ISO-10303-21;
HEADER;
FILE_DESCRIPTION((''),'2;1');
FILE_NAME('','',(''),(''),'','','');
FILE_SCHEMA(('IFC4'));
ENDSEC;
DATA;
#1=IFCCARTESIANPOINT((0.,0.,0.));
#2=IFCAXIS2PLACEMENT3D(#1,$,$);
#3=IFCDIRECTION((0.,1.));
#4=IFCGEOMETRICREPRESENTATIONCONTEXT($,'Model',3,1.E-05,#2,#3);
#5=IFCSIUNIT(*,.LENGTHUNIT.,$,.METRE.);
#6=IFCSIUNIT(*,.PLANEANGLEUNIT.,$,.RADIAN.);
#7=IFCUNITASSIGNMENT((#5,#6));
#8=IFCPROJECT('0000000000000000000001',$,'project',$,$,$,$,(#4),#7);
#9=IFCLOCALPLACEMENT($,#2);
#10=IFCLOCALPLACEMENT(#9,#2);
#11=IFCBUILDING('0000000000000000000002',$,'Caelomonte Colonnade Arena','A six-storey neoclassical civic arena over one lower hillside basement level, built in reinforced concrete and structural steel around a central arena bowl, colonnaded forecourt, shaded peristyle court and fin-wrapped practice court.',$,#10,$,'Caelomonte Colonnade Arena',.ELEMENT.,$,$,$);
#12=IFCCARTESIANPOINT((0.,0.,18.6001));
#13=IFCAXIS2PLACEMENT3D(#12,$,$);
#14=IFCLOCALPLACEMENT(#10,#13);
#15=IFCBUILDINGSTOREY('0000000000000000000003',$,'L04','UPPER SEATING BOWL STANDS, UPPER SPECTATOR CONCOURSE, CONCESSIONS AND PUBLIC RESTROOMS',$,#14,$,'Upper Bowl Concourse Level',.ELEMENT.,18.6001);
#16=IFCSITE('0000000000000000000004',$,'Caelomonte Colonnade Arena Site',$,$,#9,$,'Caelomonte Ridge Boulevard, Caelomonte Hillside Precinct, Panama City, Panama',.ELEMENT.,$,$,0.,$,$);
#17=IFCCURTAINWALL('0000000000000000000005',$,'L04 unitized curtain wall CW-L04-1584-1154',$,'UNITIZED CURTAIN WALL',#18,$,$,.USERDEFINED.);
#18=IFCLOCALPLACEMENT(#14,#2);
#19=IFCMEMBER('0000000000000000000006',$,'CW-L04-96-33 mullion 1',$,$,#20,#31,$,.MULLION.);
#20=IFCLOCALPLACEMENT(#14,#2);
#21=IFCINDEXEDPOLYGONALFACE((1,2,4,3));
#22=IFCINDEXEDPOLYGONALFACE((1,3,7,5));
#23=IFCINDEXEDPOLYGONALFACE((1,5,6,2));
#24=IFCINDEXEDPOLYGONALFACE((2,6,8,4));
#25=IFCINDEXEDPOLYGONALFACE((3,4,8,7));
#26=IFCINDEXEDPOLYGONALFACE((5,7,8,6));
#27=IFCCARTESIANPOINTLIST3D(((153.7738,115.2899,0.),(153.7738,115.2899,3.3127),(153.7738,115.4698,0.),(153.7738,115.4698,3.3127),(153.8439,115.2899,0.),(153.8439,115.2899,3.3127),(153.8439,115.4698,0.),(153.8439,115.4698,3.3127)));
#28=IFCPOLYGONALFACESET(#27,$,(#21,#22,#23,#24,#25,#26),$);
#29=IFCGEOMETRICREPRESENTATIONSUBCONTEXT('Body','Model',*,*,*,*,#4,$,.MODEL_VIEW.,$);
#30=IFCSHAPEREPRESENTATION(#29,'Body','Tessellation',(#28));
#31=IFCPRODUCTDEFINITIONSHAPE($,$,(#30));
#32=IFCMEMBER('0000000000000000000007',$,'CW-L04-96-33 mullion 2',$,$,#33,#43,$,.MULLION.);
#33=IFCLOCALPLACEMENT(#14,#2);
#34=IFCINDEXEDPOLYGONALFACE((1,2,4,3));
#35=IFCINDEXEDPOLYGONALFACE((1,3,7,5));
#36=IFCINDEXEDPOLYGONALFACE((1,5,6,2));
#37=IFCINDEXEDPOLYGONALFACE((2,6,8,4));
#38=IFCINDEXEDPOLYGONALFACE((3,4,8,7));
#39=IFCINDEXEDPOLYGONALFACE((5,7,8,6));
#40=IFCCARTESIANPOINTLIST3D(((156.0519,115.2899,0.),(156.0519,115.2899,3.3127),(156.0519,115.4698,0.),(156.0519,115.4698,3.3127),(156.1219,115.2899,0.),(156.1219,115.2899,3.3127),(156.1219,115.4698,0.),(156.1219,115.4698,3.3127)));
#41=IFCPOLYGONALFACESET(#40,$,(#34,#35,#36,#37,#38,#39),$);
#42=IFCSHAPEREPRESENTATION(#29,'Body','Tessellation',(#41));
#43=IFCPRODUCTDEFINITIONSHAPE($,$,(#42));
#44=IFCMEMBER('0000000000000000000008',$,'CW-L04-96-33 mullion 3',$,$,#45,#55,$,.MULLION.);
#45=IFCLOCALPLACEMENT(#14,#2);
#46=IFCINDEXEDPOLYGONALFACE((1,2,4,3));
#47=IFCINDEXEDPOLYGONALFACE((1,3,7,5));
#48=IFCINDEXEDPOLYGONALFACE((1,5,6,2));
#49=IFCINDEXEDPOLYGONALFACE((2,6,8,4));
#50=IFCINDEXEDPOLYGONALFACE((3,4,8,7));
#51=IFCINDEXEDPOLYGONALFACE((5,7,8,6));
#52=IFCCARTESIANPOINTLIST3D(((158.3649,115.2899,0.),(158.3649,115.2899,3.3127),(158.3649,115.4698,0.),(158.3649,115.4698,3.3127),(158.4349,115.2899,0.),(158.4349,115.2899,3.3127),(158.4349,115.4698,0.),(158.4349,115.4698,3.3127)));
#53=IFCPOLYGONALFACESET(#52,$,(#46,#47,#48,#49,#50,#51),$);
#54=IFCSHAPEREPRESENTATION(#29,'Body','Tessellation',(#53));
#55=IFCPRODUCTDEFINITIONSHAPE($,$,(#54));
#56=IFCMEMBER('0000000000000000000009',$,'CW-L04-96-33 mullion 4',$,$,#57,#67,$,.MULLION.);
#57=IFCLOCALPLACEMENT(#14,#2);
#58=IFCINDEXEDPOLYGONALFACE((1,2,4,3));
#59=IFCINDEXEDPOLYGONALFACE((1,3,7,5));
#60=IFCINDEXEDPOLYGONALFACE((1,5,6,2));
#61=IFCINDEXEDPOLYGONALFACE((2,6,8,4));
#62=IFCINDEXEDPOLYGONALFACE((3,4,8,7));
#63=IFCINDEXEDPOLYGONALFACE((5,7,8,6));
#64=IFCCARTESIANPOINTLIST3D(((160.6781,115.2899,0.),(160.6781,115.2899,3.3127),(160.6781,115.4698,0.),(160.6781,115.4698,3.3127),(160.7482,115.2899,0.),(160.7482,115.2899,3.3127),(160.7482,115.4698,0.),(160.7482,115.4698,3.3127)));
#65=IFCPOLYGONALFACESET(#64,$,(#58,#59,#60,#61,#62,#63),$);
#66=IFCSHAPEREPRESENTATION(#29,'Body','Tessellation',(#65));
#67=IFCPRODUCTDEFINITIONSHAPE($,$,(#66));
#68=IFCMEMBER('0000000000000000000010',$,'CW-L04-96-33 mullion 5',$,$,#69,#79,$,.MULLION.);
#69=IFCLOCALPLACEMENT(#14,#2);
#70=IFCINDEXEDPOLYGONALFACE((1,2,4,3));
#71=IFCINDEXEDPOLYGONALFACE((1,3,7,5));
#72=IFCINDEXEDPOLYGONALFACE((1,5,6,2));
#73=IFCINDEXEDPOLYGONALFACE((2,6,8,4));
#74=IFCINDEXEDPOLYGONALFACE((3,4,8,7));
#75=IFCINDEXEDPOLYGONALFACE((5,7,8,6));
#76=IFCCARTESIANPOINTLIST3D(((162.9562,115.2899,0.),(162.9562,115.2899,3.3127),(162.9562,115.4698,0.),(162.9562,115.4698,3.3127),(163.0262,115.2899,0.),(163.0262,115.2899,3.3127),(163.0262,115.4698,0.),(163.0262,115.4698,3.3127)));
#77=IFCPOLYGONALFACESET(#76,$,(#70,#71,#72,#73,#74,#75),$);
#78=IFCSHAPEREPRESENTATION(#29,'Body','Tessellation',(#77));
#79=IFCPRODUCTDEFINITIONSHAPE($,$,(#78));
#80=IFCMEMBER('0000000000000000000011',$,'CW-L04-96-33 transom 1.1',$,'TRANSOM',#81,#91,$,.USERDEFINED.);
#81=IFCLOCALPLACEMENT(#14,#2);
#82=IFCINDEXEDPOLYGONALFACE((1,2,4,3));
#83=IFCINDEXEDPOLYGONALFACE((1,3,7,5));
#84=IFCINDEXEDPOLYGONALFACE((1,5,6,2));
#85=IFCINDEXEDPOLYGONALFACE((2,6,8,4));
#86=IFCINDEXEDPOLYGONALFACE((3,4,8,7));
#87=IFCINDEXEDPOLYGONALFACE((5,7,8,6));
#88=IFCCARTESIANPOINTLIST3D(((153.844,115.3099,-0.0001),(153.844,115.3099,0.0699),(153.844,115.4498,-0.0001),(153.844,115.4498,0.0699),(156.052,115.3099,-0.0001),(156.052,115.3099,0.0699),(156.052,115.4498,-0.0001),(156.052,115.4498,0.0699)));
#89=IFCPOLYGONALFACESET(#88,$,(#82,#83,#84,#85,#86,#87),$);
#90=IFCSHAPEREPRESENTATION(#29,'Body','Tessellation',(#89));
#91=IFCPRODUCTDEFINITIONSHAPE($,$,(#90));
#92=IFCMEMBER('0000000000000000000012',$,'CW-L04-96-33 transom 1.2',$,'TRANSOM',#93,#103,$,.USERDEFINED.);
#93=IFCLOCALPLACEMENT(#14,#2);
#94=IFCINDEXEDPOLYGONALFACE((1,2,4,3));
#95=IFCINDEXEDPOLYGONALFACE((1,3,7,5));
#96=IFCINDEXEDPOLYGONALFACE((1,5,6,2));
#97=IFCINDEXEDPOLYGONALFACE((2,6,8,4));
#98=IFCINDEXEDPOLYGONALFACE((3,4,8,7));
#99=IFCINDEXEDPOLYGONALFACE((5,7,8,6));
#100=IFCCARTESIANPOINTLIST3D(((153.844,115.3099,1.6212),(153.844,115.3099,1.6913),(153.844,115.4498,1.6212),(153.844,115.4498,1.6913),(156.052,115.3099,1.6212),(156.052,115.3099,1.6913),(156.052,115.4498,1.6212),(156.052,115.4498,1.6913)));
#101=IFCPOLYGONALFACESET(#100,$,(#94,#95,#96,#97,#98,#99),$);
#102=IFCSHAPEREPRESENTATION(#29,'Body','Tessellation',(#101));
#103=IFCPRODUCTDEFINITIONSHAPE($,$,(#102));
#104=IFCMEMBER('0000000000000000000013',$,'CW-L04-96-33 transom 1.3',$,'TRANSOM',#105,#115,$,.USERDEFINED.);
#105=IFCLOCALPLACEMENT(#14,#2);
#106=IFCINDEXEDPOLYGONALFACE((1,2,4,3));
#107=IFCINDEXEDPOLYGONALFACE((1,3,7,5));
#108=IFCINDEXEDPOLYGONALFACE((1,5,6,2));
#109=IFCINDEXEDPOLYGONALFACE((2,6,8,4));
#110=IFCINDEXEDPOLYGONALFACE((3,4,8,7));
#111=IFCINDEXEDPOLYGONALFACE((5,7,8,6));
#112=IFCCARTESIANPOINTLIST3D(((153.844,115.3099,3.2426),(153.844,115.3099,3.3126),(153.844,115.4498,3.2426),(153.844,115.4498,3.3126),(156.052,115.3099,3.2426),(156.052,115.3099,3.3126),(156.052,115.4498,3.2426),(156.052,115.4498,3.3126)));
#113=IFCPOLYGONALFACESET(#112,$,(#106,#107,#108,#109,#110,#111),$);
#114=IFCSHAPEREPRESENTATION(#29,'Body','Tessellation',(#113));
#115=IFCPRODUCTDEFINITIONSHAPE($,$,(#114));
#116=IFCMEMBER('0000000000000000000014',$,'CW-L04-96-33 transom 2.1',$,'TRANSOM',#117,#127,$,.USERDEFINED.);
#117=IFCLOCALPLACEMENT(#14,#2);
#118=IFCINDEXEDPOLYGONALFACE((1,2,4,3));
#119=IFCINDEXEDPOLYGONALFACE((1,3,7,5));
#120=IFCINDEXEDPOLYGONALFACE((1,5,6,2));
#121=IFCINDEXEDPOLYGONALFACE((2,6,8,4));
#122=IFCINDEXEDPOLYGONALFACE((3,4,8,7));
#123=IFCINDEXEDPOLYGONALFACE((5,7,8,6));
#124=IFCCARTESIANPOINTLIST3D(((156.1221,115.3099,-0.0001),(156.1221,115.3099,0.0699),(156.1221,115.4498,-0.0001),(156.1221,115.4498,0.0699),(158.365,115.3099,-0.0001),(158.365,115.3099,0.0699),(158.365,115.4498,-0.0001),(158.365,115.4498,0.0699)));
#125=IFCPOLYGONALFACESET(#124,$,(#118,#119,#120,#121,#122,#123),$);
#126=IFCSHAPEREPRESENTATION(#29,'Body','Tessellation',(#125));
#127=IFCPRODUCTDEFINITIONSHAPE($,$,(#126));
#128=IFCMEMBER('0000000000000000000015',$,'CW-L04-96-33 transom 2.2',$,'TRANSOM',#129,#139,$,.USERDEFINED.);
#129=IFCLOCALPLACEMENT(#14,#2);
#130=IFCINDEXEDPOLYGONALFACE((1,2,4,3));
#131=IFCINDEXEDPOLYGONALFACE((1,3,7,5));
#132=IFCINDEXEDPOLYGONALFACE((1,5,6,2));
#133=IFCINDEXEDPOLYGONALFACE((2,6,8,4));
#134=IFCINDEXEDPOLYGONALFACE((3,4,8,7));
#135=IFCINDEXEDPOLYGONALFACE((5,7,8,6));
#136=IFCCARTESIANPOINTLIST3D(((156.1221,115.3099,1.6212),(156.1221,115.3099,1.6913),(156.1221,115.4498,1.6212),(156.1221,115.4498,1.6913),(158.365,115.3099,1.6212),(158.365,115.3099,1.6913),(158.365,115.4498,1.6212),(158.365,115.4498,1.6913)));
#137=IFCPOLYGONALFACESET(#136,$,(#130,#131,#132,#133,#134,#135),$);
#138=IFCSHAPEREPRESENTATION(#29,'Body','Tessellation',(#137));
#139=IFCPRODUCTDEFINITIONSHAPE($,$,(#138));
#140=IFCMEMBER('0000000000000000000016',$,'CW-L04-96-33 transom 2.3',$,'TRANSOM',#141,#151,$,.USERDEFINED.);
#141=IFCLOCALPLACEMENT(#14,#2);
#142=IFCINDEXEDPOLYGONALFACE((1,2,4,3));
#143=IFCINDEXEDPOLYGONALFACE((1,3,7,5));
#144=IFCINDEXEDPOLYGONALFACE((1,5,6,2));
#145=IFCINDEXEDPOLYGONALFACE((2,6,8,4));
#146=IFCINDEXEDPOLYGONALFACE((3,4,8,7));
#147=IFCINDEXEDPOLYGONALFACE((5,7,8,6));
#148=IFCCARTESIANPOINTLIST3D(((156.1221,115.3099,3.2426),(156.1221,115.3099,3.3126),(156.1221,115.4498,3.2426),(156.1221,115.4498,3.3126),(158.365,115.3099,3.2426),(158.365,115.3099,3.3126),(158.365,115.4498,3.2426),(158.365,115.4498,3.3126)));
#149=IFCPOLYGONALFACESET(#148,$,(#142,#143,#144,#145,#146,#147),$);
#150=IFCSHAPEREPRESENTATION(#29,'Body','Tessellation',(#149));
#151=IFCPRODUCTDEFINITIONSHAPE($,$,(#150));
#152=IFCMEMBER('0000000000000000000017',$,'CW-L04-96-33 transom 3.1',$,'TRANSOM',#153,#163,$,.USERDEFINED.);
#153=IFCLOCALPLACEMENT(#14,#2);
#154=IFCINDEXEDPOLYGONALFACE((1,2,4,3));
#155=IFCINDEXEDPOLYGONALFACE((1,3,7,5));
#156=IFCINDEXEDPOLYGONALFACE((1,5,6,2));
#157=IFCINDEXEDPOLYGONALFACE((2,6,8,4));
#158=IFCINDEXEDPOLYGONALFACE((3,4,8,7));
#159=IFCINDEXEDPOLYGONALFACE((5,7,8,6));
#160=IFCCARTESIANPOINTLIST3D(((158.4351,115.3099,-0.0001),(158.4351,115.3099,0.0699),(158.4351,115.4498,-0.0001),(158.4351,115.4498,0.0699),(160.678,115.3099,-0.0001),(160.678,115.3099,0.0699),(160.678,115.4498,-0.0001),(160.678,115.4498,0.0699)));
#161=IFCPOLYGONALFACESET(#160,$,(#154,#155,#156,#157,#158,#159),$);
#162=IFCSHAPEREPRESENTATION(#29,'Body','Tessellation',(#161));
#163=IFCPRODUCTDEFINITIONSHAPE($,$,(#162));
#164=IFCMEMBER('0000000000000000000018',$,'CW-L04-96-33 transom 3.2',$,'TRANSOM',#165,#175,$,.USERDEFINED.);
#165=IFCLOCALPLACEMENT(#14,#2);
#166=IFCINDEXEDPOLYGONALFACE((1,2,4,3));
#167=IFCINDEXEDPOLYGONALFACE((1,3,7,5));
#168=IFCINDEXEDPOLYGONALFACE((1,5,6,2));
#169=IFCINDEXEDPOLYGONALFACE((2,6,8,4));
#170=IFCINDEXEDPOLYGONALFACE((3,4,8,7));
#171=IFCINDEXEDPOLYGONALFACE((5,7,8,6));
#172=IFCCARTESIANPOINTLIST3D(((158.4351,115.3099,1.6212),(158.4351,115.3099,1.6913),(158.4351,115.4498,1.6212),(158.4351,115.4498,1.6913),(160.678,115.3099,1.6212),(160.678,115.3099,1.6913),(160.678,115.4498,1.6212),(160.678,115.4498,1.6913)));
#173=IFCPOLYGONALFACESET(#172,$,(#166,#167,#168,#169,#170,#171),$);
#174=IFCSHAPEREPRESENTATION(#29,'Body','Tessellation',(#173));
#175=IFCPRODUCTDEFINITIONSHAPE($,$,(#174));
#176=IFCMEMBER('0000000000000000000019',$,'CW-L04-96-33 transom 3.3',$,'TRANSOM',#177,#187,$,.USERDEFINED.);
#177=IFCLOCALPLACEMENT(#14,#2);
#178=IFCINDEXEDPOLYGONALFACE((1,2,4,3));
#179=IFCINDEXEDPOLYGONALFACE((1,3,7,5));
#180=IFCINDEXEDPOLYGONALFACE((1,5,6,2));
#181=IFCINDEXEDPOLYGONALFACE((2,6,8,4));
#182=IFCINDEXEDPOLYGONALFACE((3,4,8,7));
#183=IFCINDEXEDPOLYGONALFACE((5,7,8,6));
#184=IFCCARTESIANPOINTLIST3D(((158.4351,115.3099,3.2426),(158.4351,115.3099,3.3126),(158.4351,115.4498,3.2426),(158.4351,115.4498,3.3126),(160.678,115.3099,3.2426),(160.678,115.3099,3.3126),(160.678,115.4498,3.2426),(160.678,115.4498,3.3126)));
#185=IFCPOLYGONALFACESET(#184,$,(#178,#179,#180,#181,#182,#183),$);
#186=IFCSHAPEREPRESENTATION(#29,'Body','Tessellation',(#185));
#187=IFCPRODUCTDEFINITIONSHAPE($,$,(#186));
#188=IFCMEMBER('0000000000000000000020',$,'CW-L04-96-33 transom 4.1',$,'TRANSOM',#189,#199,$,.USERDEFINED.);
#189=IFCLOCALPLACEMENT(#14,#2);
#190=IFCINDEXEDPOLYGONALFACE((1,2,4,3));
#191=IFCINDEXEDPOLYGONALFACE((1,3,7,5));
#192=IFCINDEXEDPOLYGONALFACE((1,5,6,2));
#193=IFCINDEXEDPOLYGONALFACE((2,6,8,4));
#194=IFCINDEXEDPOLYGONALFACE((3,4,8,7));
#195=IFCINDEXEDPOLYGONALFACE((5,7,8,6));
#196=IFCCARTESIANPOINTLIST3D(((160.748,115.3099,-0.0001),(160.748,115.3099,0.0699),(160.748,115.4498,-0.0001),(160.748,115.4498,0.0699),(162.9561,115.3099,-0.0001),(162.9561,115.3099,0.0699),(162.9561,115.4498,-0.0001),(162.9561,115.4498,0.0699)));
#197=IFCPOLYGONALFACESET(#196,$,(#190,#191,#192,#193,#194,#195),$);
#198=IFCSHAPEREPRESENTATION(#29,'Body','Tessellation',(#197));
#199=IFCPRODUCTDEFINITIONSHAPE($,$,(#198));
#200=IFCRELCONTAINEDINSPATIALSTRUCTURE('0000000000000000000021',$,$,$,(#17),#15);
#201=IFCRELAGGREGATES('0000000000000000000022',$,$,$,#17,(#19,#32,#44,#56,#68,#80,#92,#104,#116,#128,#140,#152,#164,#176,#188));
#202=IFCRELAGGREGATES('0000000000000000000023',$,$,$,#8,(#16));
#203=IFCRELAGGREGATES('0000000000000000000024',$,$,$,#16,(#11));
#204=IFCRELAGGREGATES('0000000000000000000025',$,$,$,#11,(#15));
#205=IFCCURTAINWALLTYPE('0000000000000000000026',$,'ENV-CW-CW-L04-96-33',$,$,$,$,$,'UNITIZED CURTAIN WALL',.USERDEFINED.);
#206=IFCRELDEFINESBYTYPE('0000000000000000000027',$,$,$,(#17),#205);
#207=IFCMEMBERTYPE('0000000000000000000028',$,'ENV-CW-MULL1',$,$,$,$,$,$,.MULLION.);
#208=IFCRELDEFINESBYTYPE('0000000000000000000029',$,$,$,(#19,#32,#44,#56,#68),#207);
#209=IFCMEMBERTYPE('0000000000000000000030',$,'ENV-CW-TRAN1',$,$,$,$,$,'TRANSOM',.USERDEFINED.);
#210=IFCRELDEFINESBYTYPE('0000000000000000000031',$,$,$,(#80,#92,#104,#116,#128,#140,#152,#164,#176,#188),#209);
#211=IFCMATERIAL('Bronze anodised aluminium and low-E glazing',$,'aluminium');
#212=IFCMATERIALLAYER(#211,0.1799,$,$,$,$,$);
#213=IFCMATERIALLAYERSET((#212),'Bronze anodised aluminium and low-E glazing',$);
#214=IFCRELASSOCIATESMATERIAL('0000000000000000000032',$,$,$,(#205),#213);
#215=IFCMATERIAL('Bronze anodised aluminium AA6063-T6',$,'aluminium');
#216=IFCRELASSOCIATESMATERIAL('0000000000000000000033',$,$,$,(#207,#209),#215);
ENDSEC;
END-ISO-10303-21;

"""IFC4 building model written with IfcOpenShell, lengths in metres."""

from ifc_helpers import new_model, si_unit, direction, frame, origin, origin_2d, place, context, subcontext, project, spatial, rectangle, extrude, material, layer, layer_set, material_profile, profile_set, type_object, element, aggregate, save


model = new_model("IFC4")

# Units and contexts
model_context = context("Model", 3, precision=1e-05, world=origin(), true_north=direction((0.0, 1.0)))
body_context = subcontext(model_context, "Body", "Model", "MODEL_VIEW")
ifc_project = project(units=[si_unit("LENGTHUNIT", "METRE"), si_unit("PLANEANGLEUNIT", "RADIAN")], contexts=[model_context])

# Site, building, storey
site_placement = place(None, origin())
site = spatial("IfcSite", under=ifc_project, at=site_placement, Name="Caelomonte Colonnade Arena Site", LongName="Caelomonte Ridge Boulevard, Caelomonte Hillside Precinct, Panama City, Panama", CompositionType="ELEMENT", RefElevation=0.0)
building_placement = place(site_placement, origin())
building = spatial("IfcBuilding", under=site, at=building_placement, Name="Caelomonte Colonnade Arena", Description="A six-storey neoclassical civic arena over one lower hillside basement level, built in reinforced concrete and structural steel around a central arena bowl, colonnaded forecourt, shaded peristyle court and fin-wrapped practice court.", LongName="Caelomonte Colonnade Arena", CompositionType="ELEMENT")
storey_placement = place(building_placement, frame((0.0, 0.0, 18.6001)))
storey = spatial("IfcBuildingStorey", under=building, at=storey_placement, Name="L04", Description="UPPER SEATING BOWL STANDS, UPPER SPECTATOR CONCOURSE, CONCESSIONS AND PUBLIC RESTROOMS", LongName="Upper Bowl Concourse Level", CompositionType="ELEMENT", Elevation=18.6001)

# Curtain wall, members
ifc_material_1 = material(Name="Bronze anodised aluminium and low-E glazing", Category="aluminium")
ifc_layer_1 = layer(ifc_material_1, 0.1799)
ifc_layer_set_1 = layer_set([ifc_layer_1], Name="Bronze anodised aluminium and low-E glazing")
curtain_wall_type = type_object("IfcCurtainWallType", Name="ENV-CW-CW-L04-96-33", ElementType="UNITIZED CURTAIN WALL", PredefinedType="USERDEFINED", material=ifc_layer_set_1)
curtain_wall_placement = place(storey_placement, origin())
curtain_wall = element("IfcCurtainWall", 1, at=curtain_wall_placement, inside=storey, type_object=curtain_wall_type, Name="L04 unitized curtain wall CW-L04-1584-1154", ObjectType="UNITIZED CURTAIN WALL", PredefinedType="USERDEFINED")
ifc_material_2 = material(Name="Bronze anodised aluminium AA6063-T6", Category="aluminium")
ifc_material_profile_1 = material_profile(ifc_material_2, rectangle(XDim=0.0701, YDim=0.1799, at=origin_2d()), Name="CWM-70X180")
ifc_profile_set_1 = profile_set([ifc_material_profile_1], Name="Bronze anodised aluminium AA6063-T6")
member_type_1 = type_object("IfcMemberType", Name="ENV-CW-MULL1", PredefinedType="MULLION", material=ifc_profile_set_1)
member_1_placement = place(storey_placement, frame((153.8088, 115.3799, 0.0), z_axis=(0.0, 0.0, 1.0), x_axis=(1.0, 0.0, 0.0)))
member_1 = element("IfcMember", 2, at=member_1_placement, type_object=member_type_1, Name="CW-L04-96-33 mullion 1", PredefinedType="MULLION", context=body_context, shape_type="SweptSolid", body=[
    extrude(rectangle(XDim=0.0701, YDim=0.1799, at=origin_2d()), origin(), (0.0, 0.0, 1.0), 3.3127),
])
member_2_placement = place(storey_placement, frame((156.0869, 115.3799, 0.0), z_axis=(0.0, 0.0, 1.0), x_axis=(1.0, 0.0, 0.0)))
member_2 = element("IfcMember", 3, at=member_2_placement, type_object=member_type_1, Name="CW-L04-96-33 mullion 2", PredefinedType="MULLION", context=body_context, shape_type="SweptSolid", body=[
    extrude(rectangle(XDim=0.0701, YDim=0.1799, at=origin_2d()), origin(), (0.0, 0.0, 1.0), 3.3127),
])
member_3_placement = place(storey_placement, frame((158.3999, 115.3799, 0.0), z_axis=(0.0, 0.0, 1.0), x_axis=(1.0, 0.0, 0.0)))
member_3 = element("IfcMember", 4, at=member_3_placement, type_object=member_type_1, Name="CW-L04-96-33 mullion 3", PredefinedType="MULLION", context=body_context, shape_type="SweptSolid", body=[
    extrude(rectangle(XDim=0.0701, YDim=0.1799, at=origin_2d()), origin(), (0.0, 0.0, 1.0), 3.3127),
])
member_4_placement = place(storey_placement, frame((160.7131, 115.3799, 0.0), z_axis=(0.0, 0.0, 1.0), x_axis=(1.0, 0.0, 0.0)))
member_4 = element("IfcMember", 5, at=member_4_placement, type_object=member_type_1, Name="CW-L04-96-33 mullion 4", PredefinedType="MULLION", context=body_context, shape_type="SweptSolid", body=[
    extrude(rectangle(XDim=0.0701, YDim=0.1799, at=origin_2d()), origin(), (0.0, 0.0, 1.0), 3.3127),
])
member_5_placement = place(storey_placement, frame((162.9912, 115.3799, 0.0), z_axis=(0.0, 0.0, 1.0), x_axis=(1.0, 0.0, 0.0)))
member_5 = element("IfcMember", 6, at=member_5_placement, type_object=member_type_1, Name="CW-L04-96-33 mullion 5", PredefinedType="MULLION", context=body_context, shape_type="SweptSolid", body=[
    extrude(rectangle(XDim=0.0701, YDim=0.1799, at=origin_2d()), origin(), (0.0, 0.0, 1.0), 3.3127),
])
ifc_material_profile_2 = material_profile(ifc_material_2, rectangle(XDim=0.0701, YDim=0.1399, at=origin_2d()), Name="CWT-70X140")
ifc_profile_set_2 = profile_set([ifc_material_profile_2], Name="Bronze anodised aluminium AA6063-T6")
member_type_2 = type_object("IfcMemberType", Name="ENV-CW-TRAN1", ElementType="TRANSOM", PredefinedType="USERDEFINED", material=ifc_profile_set_2)
member_6_placement = place(storey_placement, frame((153.844, 115.3799, 0.0349), z_axis=(1.0, 0.0, 0.0), x_axis=(0.0, 0.0, 1.0)))
member_6 = element("IfcMember", 7, at=member_6_placement, type_object=member_type_2, Name="CW-L04-96-33 transom 1.1", ObjectType="TRANSOM", PredefinedType="USERDEFINED", context=body_context, shape_type="SweptSolid", body=[
    extrude(rectangle(XDim=0.0701, YDim=0.1399, at=origin_2d()), origin(), (0.0, 0.0, 1.0), 2.208),
])
member_7_placement = place(storey_placement, frame((153.844, 115.3799, 1.6562), z_axis=(1.0, 0.0, 0.0), x_axis=(0.0, 0.0, 1.0)))
member_7 = element("IfcMember", 8, at=member_7_placement, type_object=member_type_2, Name="CW-L04-96-33 transom 1.2", ObjectType="TRANSOM", PredefinedType="USERDEFINED", context=body_context, shape_type="SweptSolid", body=[
    extrude(rectangle(XDim=0.0701, YDim=0.1399, at=origin_2d()), origin(), (0.0, 0.0, 1.0), 2.208),
])
member_8_placement = place(storey_placement, frame((153.844, 115.3799, 3.2776), z_axis=(1.0, 0.0, 0.0), x_axis=(0.0, 0.0, 1.0)))
member_8 = element("IfcMember", 9, at=member_8_placement, type_object=member_type_2, Name="CW-L04-96-33 transom 1.3", ObjectType="TRANSOM", PredefinedType="USERDEFINED", context=body_context, shape_type="SweptSolid", body=[
    extrude(rectangle(XDim=0.0701, YDim=0.1399, at=origin_2d()), origin(), (0.0, 0.0, 1.0), 2.208),
])
member_9_placement = place(storey_placement, frame((156.1221, 115.3799, 0.0349), z_axis=(1.0, 0.0, 0.0), x_axis=(0.0, 0.0, 1.0)))
member_9 = element("IfcMember", 10, at=member_9_placement, type_object=member_type_2, Name="CW-L04-96-33 transom 2.1", ObjectType="TRANSOM", PredefinedType="USERDEFINED", context=body_context, shape_type="SweptSolid", body=[
    extrude(rectangle(XDim=0.0701, YDim=0.1399, at=origin_2d()), origin(), (0.0, 0.0, 1.0), 2.2429),
])
member_10_placement = place(storey_placement, frame((156.1221, 115.3799, 1.6562), z_axis=(1.0, 0.0, 0.0), x_axis=(0.0, 0.0, 1.0)))
member_10 = element("IfcMember", 11, at=member_10_placement, type_object=member_type_2, Name="CW-L04-96-33 transom 2.2", ObjectType="TRANSOM", PredefinedType="USERDEFINED", context=body_context, shape_type="SweptSolid", body=[
    extrude(rectangle(XDim=0.0701, YDim=0.1399, at=origin_2d()), origin(), (0.0, 0.0, 1.0), 2.2429),
])
member_11_placement = place(storey_placement, frame((156.1221, 115.3799, 3.2776), z_axis=(1.0, 0.0, 0.0), x_axis=(0.0, 0.0, 1.0)))
member_11 = element("IfcMember", 12, at=member_11_placement, type_object=member_type_2, Name="CW-L04-96-33 transom 2.3", ObjectType="TRANSOM", PredefinedType="USERDEFINED", context=body_context, shape_type="SweptSolid", body=[
    extrude(rectangle(XDim=0.0701, YDim=0.1399, at=origin_2d()), origin(), (0.0, 0.0, 1.0), 2.2429),
])
member_12_placement = place(storey_placement, frame((158.4351, 115.3799, 0.0349), z_axis=(1.0, 0.0, 0.0), x_axis=(0.0, 0.0, 1.0)))
member_12 = element("IfcMember", 13, at=member_12_placement, type_object=member_type_2, Name="CW-L04-96-33 transom 3.1", ObjectType="TRANSOM", PredefinedType="USERDEFINED", context=body_context, shape_type="SweptSolid", body=[
    extrude(rectangle(XDim=0.0701, YDim=0.1399, at=origin_2d()), origin(), (0.0, 0.0, 1.0), 2.2429),
])
member_13_placement = place(storey_placement, frame((158.4351, 115.3799, 1.6562), z_axis=(1.0, 0.0, 0.0), x_axis=(0.0, 0.0, 1.0)))
member_13 = element("IfcMember", 14, at=member_13_placement, type_object=member_type_2, Name="CW-L04-96-33 transom 3.2", ObjectType="TRANSOM", PredefinedType="USERDEFINED", context=body_context, shape_type="SweptSolid", body=[
    extrude(rectangle(XDim=0.0701, YDim=0.1399, at=origin_2d()), origin(), (0.0, 0.0, 1.0), 2.2429),
])
member_14_placement = place(storey_placement, frame((158.4351, 115.3799, 3.2776), z_axis=(1.0, 0.0, 0.0), x_axis=(0.0, 0.0, 1.0)))
member_14 = element("IfcMember", 15, at=member_14_placement, type_object=member_type_2, Name="CW-L04-96-33 transom 3.3", ObjectType="TRANSOM", PredefinedType="USERDEFINED", context=body_context, shape_type="SweptSolid", body=[
    extrude(rectangle(XDim=0.0701, YDim=0.1399, at=origin_2d()), origin(), (0.0, 0.0, 1.0), 2.2429),
])
member_15_placement = place(storey_placement, frame((160.748, 115.3799, 0.0349), z_axis=(1.0, 0.0, 0.0), x_axis=(0.0, 0.0, 1.0)))
member_15 = element("IfcMember", 16, at=member_15_placement, type_object=member_type_2, Name="CW-L04-96-33 transom 4.1", ObjectType="TRANSOM", PredefinedType="USERDEFINED", context=body_context, shape_type="SweptSolid", body=[
    extrude(rectangle(XDim=0.0701, YDim=0.1399, at=origin_2d()), origin(), (0.0, 0.0, 1.0), 2.208),
])

aggregate(curtain_wall, [member_1, member_2, member_3, member_4, member_5, member_6, member_7, member_8, member_9, member_10, member_11, member_12, member_13, member_14, member_15])

save(model, "model.ifc")
